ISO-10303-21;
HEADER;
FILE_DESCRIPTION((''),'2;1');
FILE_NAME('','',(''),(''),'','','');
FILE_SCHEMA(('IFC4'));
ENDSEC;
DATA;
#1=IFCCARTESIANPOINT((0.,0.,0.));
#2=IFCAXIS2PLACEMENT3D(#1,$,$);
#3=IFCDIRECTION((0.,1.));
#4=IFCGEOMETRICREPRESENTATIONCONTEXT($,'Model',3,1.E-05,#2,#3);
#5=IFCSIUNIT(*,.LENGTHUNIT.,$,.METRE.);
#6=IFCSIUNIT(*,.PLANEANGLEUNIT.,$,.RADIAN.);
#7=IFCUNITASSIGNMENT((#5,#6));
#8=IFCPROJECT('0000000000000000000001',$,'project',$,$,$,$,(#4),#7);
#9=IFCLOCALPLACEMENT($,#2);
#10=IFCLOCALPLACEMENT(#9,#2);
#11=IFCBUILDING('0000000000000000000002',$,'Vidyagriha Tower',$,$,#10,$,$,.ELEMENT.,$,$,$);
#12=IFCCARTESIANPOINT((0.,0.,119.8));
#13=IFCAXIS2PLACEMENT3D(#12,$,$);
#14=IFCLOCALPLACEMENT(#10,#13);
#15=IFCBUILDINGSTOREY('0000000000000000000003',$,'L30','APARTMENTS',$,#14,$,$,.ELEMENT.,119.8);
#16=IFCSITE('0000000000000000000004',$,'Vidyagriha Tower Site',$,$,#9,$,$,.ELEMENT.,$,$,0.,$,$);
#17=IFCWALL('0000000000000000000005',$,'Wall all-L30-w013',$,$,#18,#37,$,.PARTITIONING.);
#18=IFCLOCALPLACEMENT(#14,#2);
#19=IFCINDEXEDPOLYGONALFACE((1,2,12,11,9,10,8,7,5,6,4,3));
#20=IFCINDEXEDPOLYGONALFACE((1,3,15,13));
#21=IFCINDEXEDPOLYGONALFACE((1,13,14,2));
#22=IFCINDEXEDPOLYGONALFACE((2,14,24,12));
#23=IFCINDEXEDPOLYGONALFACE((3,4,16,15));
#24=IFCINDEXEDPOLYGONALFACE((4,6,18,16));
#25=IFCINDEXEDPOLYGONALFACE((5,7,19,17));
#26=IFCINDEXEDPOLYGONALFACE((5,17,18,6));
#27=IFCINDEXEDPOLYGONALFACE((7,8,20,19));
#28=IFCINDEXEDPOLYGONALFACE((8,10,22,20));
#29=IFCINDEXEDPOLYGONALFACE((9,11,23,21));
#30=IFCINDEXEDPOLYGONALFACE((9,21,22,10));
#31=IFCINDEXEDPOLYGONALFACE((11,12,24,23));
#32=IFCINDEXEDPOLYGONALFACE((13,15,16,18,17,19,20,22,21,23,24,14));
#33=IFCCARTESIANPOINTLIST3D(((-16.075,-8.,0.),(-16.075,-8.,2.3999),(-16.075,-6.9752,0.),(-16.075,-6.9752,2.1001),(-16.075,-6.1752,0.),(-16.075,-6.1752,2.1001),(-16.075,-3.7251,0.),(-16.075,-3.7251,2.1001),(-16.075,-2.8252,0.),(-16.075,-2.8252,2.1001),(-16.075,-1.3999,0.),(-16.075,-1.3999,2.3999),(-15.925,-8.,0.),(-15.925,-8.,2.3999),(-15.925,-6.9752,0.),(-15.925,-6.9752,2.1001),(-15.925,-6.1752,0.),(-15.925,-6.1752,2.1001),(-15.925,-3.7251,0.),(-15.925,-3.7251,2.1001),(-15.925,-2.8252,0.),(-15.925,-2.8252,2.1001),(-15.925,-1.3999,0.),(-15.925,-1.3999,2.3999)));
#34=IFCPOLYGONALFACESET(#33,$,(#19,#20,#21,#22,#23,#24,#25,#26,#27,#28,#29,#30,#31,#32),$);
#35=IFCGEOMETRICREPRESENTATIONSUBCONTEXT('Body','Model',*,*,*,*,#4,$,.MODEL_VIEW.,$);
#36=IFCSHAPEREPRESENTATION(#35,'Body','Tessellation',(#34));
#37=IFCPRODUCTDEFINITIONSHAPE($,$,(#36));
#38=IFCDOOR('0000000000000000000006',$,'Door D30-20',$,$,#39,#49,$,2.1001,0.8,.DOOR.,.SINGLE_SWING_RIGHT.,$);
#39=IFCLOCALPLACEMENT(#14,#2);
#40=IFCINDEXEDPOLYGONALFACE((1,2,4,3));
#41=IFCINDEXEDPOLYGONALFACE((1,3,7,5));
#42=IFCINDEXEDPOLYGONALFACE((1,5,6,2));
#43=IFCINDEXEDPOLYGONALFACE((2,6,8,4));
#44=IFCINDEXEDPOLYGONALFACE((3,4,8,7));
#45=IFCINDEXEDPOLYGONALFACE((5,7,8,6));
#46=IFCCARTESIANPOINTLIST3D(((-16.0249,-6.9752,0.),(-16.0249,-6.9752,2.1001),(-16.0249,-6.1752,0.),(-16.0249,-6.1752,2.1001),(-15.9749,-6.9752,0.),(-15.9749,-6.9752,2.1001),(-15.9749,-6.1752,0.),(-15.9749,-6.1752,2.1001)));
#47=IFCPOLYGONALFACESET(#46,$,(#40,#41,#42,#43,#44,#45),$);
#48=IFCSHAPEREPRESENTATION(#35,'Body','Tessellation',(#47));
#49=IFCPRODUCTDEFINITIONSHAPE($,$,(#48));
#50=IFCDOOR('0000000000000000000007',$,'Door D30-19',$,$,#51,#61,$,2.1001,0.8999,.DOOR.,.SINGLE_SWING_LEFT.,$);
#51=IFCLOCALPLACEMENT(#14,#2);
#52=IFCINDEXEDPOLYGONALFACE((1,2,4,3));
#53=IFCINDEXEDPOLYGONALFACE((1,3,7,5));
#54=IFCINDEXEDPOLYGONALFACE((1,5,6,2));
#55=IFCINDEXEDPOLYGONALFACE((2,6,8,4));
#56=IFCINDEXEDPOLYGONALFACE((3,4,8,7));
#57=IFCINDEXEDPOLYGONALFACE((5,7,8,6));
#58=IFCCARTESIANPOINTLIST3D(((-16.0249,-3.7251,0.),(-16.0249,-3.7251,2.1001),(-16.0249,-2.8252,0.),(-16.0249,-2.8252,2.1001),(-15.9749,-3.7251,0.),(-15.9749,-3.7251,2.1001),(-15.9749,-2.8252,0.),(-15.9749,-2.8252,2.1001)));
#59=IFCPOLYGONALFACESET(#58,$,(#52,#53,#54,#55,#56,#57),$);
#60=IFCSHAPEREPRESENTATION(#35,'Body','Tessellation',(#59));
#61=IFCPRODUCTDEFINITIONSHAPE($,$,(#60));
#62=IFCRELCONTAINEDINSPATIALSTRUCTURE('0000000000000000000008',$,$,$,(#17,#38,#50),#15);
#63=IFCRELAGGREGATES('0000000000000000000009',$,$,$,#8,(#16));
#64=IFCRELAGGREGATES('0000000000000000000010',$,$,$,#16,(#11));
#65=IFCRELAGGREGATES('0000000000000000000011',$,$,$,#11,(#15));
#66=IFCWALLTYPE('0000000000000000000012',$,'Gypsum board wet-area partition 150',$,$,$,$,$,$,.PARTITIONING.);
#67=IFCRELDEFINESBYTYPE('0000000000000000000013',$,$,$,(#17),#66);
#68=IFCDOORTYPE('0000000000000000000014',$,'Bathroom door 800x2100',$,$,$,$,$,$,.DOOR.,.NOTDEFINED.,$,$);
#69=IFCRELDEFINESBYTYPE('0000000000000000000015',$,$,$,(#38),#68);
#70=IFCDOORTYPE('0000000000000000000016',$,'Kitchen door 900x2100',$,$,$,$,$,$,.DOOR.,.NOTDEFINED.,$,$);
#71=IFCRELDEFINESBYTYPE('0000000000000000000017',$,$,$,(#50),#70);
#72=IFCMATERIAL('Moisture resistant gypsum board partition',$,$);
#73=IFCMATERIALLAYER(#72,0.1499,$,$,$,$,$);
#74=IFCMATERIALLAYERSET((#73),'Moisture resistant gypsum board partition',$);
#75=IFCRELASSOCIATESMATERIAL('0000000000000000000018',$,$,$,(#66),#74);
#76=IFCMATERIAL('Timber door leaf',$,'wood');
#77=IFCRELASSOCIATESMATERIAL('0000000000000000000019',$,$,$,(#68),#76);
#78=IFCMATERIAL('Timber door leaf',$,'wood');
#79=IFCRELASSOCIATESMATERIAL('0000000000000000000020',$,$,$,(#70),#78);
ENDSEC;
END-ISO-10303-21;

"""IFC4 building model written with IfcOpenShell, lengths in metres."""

from ifc_helpers import new_model, si_unit, direction, frame, frame_2d, origin, place, context, subcontext, project, spatial, rectangle, extrude, material, layer, layer_set, type_object, element, fill, save


model = new_model("IFC4")

# Units and contexts
model_context = context("Model", 3, precision=1e-05, world=origin(), true_north=direction((0.0, 1.0)))
body_context = subcontext(model_context, "Body", "Model", "MODEL_VIEW")
ifc_project = project(units=[si_unit("LENGTHUNIT", "METRE"), si_unit("PLANEANGLEUNIT", "RADIAN")], contexts=[model_context])

# Site, building, storey
site_placement = place(None, origin())
site = spatial("IfcSite", under=ifc_project, at=site_placement, Name="Vidyagriha Tower Site", CompositionType="ELEMENT", RefElevation=0.0)
building_placement = place(site_placement, origin())
building = spatial("IfcBuilding", under=site, at=building_placement, Name="Vidyagriha Tower", CompositionType="ELEMENT")
storey_placement = place(building_placement, frame((0.0, 0.0, 119.8)))
storey = spatial("IfcBuildingStorey", under=building, at=storey_placement, Name="L30", Description="APARTMENTS", CompositionType="ELEMENT", Elevation=119.8)

# Wall, openings, doors
ifc_material_1 = material(Name="Moisture resistant gypsum board partition")
ifc_layer_1 = layer(ifc_material_1, 0.1499)
ifc_layer_set_1 = layer_set([ifc_layer_1], Name="Moisture resistant gypsum board partition")
wall_type_1 = type_object("IfcWallType", Name="Gypsum board wet-area partition 150", PredefinedType="PARTITIONING", material=ifc_layer_set_1)
wall_1_placement = place(storey_placement, frame((-16.0, -8.0, 0.0), z_axis=(0.0, 0.0, 1.0), x_axis=(0.0, 1.0, 0.0)))
wall_1 = element("IfcWall", 1, at=wall_1_placement, inside=storey, type_object=wall_type_1, Name="Wall all-L30-w013", PredefinedType="PARTITIONING", context=body_context, shape_type="SweptSolid", body=[
    extrude(rectangle(XDim=6.6001, YDim=0.1499, at=frame_2d((3.3, 0.0))), origin(), (0.0, 0.0, 1.0), 2.3999),
])
opening_1_placement = place(wall_1_placement, frame((4.2749, 0.0, 0.0)))
opening_1 = element("IfcOpeningElement", 2, at=opening_1_placement, cuts=wall_1, PredefinedType="OPENING", context=body_context, shape_type="SweptSolid", body=[
    extrude(rectangle(XDim=0.8999, YDim=2.1001, at=frame_2d((0.45, 1.05))), frame((0.0, 0.085, 0.0), z_axis=(0.0, -1.0, 0.0), x_axis=(1.0, 0.0, 0.0)), (0.0, 0.0, 1.0), 0.1699),
])
opening_2_placement = place(wall_1_placement, frame((1.0249, 0.0, 0.0)))
opening_2 = element("IfcOpeningElement", 3, at=opening_2_placement, cuts=wall_1, PredefinedType="OPENING", context=body_context, shape_type="SweptSolid", body=[
    extrude(rectangle(XDim=0.8, YDim=2.1001, at=frame_2d((0.3999, 1.05))), frame((0.0, 0.085, 0.0), z_axis=(0.0, -1.0, 0.0), x_axis=(1.0, 0.0, 0.0)), (0.0, 0.0, 1.0), 0.1699),
])
ifc_material_2 = material(Name="Timber door leaf", Category="wood")
door_type_1 = type_object("IfcDoorType", Name="Bathroom door 800x2100", OperationType="NOTDEFINED", PredefinedType="DOOR", material=ifc_material_2)
door_1_placement = place(opening_2_placement, origin())
door_1 = element("IfcDoor", 4, at=door_1_placement, inside=storey, type_object=door_type_1, Name="Door D30-20", OperationType="SINGLE_SWING_RIGHT", OverallHeight=2.1001, OverallWidth=0.8, PredefinedType="DOOR", context=body_context, shape_type="SweptSolid", body=[
    extrude(rectangle(XDim=0.8, YDim=2.1001, at=frame_2d((0.3999, 1.05))), frame((0.0, 0.0249, 0.0), z_axis=(0.0, -1.0, 0.0), x_axis=(1.0, 0.0, 0.0)), (0.0, 0.0, 1.0), 0.05),
])
fill(opening_2, door_1)
ifc_material_3 = material(Name="Timber door leaf", Category="wood")
door_type_2 = type_object("IfcDoorType", Name="Kitchen door 900x2100", OperationType="NOTDEFINED", PredefinedType="DOOR", material=ifc_material_3)
door_2_placement = place(opening_1_placement, origin())
door_2 = element("IfcDoor", 5, at=door_2_placement, inside=storey, type_object=door_type_2, Name="Door D30-19", OperationType="SINGLE_SWING_LEFT", OverallHeight=2.1001, OverallWidth=0.8999, PredefinedType="DOOR", context=body_context, shape_type="SweptSolid", body=[
    extrude(rectangle(XDim=0.8999, YDim=2.1001, at=frame_2d((0.45, 1.05))), frame((0.0, 0.0249, 0.0), z_axis=(0.0, -1.0, 0.0), x_axis=(1.0, 0.0, 0.0)), (0.0, 0.0, 1.0), 0.05),
])
fill(opening_1, door_2)

save(model, "model.ifc")
